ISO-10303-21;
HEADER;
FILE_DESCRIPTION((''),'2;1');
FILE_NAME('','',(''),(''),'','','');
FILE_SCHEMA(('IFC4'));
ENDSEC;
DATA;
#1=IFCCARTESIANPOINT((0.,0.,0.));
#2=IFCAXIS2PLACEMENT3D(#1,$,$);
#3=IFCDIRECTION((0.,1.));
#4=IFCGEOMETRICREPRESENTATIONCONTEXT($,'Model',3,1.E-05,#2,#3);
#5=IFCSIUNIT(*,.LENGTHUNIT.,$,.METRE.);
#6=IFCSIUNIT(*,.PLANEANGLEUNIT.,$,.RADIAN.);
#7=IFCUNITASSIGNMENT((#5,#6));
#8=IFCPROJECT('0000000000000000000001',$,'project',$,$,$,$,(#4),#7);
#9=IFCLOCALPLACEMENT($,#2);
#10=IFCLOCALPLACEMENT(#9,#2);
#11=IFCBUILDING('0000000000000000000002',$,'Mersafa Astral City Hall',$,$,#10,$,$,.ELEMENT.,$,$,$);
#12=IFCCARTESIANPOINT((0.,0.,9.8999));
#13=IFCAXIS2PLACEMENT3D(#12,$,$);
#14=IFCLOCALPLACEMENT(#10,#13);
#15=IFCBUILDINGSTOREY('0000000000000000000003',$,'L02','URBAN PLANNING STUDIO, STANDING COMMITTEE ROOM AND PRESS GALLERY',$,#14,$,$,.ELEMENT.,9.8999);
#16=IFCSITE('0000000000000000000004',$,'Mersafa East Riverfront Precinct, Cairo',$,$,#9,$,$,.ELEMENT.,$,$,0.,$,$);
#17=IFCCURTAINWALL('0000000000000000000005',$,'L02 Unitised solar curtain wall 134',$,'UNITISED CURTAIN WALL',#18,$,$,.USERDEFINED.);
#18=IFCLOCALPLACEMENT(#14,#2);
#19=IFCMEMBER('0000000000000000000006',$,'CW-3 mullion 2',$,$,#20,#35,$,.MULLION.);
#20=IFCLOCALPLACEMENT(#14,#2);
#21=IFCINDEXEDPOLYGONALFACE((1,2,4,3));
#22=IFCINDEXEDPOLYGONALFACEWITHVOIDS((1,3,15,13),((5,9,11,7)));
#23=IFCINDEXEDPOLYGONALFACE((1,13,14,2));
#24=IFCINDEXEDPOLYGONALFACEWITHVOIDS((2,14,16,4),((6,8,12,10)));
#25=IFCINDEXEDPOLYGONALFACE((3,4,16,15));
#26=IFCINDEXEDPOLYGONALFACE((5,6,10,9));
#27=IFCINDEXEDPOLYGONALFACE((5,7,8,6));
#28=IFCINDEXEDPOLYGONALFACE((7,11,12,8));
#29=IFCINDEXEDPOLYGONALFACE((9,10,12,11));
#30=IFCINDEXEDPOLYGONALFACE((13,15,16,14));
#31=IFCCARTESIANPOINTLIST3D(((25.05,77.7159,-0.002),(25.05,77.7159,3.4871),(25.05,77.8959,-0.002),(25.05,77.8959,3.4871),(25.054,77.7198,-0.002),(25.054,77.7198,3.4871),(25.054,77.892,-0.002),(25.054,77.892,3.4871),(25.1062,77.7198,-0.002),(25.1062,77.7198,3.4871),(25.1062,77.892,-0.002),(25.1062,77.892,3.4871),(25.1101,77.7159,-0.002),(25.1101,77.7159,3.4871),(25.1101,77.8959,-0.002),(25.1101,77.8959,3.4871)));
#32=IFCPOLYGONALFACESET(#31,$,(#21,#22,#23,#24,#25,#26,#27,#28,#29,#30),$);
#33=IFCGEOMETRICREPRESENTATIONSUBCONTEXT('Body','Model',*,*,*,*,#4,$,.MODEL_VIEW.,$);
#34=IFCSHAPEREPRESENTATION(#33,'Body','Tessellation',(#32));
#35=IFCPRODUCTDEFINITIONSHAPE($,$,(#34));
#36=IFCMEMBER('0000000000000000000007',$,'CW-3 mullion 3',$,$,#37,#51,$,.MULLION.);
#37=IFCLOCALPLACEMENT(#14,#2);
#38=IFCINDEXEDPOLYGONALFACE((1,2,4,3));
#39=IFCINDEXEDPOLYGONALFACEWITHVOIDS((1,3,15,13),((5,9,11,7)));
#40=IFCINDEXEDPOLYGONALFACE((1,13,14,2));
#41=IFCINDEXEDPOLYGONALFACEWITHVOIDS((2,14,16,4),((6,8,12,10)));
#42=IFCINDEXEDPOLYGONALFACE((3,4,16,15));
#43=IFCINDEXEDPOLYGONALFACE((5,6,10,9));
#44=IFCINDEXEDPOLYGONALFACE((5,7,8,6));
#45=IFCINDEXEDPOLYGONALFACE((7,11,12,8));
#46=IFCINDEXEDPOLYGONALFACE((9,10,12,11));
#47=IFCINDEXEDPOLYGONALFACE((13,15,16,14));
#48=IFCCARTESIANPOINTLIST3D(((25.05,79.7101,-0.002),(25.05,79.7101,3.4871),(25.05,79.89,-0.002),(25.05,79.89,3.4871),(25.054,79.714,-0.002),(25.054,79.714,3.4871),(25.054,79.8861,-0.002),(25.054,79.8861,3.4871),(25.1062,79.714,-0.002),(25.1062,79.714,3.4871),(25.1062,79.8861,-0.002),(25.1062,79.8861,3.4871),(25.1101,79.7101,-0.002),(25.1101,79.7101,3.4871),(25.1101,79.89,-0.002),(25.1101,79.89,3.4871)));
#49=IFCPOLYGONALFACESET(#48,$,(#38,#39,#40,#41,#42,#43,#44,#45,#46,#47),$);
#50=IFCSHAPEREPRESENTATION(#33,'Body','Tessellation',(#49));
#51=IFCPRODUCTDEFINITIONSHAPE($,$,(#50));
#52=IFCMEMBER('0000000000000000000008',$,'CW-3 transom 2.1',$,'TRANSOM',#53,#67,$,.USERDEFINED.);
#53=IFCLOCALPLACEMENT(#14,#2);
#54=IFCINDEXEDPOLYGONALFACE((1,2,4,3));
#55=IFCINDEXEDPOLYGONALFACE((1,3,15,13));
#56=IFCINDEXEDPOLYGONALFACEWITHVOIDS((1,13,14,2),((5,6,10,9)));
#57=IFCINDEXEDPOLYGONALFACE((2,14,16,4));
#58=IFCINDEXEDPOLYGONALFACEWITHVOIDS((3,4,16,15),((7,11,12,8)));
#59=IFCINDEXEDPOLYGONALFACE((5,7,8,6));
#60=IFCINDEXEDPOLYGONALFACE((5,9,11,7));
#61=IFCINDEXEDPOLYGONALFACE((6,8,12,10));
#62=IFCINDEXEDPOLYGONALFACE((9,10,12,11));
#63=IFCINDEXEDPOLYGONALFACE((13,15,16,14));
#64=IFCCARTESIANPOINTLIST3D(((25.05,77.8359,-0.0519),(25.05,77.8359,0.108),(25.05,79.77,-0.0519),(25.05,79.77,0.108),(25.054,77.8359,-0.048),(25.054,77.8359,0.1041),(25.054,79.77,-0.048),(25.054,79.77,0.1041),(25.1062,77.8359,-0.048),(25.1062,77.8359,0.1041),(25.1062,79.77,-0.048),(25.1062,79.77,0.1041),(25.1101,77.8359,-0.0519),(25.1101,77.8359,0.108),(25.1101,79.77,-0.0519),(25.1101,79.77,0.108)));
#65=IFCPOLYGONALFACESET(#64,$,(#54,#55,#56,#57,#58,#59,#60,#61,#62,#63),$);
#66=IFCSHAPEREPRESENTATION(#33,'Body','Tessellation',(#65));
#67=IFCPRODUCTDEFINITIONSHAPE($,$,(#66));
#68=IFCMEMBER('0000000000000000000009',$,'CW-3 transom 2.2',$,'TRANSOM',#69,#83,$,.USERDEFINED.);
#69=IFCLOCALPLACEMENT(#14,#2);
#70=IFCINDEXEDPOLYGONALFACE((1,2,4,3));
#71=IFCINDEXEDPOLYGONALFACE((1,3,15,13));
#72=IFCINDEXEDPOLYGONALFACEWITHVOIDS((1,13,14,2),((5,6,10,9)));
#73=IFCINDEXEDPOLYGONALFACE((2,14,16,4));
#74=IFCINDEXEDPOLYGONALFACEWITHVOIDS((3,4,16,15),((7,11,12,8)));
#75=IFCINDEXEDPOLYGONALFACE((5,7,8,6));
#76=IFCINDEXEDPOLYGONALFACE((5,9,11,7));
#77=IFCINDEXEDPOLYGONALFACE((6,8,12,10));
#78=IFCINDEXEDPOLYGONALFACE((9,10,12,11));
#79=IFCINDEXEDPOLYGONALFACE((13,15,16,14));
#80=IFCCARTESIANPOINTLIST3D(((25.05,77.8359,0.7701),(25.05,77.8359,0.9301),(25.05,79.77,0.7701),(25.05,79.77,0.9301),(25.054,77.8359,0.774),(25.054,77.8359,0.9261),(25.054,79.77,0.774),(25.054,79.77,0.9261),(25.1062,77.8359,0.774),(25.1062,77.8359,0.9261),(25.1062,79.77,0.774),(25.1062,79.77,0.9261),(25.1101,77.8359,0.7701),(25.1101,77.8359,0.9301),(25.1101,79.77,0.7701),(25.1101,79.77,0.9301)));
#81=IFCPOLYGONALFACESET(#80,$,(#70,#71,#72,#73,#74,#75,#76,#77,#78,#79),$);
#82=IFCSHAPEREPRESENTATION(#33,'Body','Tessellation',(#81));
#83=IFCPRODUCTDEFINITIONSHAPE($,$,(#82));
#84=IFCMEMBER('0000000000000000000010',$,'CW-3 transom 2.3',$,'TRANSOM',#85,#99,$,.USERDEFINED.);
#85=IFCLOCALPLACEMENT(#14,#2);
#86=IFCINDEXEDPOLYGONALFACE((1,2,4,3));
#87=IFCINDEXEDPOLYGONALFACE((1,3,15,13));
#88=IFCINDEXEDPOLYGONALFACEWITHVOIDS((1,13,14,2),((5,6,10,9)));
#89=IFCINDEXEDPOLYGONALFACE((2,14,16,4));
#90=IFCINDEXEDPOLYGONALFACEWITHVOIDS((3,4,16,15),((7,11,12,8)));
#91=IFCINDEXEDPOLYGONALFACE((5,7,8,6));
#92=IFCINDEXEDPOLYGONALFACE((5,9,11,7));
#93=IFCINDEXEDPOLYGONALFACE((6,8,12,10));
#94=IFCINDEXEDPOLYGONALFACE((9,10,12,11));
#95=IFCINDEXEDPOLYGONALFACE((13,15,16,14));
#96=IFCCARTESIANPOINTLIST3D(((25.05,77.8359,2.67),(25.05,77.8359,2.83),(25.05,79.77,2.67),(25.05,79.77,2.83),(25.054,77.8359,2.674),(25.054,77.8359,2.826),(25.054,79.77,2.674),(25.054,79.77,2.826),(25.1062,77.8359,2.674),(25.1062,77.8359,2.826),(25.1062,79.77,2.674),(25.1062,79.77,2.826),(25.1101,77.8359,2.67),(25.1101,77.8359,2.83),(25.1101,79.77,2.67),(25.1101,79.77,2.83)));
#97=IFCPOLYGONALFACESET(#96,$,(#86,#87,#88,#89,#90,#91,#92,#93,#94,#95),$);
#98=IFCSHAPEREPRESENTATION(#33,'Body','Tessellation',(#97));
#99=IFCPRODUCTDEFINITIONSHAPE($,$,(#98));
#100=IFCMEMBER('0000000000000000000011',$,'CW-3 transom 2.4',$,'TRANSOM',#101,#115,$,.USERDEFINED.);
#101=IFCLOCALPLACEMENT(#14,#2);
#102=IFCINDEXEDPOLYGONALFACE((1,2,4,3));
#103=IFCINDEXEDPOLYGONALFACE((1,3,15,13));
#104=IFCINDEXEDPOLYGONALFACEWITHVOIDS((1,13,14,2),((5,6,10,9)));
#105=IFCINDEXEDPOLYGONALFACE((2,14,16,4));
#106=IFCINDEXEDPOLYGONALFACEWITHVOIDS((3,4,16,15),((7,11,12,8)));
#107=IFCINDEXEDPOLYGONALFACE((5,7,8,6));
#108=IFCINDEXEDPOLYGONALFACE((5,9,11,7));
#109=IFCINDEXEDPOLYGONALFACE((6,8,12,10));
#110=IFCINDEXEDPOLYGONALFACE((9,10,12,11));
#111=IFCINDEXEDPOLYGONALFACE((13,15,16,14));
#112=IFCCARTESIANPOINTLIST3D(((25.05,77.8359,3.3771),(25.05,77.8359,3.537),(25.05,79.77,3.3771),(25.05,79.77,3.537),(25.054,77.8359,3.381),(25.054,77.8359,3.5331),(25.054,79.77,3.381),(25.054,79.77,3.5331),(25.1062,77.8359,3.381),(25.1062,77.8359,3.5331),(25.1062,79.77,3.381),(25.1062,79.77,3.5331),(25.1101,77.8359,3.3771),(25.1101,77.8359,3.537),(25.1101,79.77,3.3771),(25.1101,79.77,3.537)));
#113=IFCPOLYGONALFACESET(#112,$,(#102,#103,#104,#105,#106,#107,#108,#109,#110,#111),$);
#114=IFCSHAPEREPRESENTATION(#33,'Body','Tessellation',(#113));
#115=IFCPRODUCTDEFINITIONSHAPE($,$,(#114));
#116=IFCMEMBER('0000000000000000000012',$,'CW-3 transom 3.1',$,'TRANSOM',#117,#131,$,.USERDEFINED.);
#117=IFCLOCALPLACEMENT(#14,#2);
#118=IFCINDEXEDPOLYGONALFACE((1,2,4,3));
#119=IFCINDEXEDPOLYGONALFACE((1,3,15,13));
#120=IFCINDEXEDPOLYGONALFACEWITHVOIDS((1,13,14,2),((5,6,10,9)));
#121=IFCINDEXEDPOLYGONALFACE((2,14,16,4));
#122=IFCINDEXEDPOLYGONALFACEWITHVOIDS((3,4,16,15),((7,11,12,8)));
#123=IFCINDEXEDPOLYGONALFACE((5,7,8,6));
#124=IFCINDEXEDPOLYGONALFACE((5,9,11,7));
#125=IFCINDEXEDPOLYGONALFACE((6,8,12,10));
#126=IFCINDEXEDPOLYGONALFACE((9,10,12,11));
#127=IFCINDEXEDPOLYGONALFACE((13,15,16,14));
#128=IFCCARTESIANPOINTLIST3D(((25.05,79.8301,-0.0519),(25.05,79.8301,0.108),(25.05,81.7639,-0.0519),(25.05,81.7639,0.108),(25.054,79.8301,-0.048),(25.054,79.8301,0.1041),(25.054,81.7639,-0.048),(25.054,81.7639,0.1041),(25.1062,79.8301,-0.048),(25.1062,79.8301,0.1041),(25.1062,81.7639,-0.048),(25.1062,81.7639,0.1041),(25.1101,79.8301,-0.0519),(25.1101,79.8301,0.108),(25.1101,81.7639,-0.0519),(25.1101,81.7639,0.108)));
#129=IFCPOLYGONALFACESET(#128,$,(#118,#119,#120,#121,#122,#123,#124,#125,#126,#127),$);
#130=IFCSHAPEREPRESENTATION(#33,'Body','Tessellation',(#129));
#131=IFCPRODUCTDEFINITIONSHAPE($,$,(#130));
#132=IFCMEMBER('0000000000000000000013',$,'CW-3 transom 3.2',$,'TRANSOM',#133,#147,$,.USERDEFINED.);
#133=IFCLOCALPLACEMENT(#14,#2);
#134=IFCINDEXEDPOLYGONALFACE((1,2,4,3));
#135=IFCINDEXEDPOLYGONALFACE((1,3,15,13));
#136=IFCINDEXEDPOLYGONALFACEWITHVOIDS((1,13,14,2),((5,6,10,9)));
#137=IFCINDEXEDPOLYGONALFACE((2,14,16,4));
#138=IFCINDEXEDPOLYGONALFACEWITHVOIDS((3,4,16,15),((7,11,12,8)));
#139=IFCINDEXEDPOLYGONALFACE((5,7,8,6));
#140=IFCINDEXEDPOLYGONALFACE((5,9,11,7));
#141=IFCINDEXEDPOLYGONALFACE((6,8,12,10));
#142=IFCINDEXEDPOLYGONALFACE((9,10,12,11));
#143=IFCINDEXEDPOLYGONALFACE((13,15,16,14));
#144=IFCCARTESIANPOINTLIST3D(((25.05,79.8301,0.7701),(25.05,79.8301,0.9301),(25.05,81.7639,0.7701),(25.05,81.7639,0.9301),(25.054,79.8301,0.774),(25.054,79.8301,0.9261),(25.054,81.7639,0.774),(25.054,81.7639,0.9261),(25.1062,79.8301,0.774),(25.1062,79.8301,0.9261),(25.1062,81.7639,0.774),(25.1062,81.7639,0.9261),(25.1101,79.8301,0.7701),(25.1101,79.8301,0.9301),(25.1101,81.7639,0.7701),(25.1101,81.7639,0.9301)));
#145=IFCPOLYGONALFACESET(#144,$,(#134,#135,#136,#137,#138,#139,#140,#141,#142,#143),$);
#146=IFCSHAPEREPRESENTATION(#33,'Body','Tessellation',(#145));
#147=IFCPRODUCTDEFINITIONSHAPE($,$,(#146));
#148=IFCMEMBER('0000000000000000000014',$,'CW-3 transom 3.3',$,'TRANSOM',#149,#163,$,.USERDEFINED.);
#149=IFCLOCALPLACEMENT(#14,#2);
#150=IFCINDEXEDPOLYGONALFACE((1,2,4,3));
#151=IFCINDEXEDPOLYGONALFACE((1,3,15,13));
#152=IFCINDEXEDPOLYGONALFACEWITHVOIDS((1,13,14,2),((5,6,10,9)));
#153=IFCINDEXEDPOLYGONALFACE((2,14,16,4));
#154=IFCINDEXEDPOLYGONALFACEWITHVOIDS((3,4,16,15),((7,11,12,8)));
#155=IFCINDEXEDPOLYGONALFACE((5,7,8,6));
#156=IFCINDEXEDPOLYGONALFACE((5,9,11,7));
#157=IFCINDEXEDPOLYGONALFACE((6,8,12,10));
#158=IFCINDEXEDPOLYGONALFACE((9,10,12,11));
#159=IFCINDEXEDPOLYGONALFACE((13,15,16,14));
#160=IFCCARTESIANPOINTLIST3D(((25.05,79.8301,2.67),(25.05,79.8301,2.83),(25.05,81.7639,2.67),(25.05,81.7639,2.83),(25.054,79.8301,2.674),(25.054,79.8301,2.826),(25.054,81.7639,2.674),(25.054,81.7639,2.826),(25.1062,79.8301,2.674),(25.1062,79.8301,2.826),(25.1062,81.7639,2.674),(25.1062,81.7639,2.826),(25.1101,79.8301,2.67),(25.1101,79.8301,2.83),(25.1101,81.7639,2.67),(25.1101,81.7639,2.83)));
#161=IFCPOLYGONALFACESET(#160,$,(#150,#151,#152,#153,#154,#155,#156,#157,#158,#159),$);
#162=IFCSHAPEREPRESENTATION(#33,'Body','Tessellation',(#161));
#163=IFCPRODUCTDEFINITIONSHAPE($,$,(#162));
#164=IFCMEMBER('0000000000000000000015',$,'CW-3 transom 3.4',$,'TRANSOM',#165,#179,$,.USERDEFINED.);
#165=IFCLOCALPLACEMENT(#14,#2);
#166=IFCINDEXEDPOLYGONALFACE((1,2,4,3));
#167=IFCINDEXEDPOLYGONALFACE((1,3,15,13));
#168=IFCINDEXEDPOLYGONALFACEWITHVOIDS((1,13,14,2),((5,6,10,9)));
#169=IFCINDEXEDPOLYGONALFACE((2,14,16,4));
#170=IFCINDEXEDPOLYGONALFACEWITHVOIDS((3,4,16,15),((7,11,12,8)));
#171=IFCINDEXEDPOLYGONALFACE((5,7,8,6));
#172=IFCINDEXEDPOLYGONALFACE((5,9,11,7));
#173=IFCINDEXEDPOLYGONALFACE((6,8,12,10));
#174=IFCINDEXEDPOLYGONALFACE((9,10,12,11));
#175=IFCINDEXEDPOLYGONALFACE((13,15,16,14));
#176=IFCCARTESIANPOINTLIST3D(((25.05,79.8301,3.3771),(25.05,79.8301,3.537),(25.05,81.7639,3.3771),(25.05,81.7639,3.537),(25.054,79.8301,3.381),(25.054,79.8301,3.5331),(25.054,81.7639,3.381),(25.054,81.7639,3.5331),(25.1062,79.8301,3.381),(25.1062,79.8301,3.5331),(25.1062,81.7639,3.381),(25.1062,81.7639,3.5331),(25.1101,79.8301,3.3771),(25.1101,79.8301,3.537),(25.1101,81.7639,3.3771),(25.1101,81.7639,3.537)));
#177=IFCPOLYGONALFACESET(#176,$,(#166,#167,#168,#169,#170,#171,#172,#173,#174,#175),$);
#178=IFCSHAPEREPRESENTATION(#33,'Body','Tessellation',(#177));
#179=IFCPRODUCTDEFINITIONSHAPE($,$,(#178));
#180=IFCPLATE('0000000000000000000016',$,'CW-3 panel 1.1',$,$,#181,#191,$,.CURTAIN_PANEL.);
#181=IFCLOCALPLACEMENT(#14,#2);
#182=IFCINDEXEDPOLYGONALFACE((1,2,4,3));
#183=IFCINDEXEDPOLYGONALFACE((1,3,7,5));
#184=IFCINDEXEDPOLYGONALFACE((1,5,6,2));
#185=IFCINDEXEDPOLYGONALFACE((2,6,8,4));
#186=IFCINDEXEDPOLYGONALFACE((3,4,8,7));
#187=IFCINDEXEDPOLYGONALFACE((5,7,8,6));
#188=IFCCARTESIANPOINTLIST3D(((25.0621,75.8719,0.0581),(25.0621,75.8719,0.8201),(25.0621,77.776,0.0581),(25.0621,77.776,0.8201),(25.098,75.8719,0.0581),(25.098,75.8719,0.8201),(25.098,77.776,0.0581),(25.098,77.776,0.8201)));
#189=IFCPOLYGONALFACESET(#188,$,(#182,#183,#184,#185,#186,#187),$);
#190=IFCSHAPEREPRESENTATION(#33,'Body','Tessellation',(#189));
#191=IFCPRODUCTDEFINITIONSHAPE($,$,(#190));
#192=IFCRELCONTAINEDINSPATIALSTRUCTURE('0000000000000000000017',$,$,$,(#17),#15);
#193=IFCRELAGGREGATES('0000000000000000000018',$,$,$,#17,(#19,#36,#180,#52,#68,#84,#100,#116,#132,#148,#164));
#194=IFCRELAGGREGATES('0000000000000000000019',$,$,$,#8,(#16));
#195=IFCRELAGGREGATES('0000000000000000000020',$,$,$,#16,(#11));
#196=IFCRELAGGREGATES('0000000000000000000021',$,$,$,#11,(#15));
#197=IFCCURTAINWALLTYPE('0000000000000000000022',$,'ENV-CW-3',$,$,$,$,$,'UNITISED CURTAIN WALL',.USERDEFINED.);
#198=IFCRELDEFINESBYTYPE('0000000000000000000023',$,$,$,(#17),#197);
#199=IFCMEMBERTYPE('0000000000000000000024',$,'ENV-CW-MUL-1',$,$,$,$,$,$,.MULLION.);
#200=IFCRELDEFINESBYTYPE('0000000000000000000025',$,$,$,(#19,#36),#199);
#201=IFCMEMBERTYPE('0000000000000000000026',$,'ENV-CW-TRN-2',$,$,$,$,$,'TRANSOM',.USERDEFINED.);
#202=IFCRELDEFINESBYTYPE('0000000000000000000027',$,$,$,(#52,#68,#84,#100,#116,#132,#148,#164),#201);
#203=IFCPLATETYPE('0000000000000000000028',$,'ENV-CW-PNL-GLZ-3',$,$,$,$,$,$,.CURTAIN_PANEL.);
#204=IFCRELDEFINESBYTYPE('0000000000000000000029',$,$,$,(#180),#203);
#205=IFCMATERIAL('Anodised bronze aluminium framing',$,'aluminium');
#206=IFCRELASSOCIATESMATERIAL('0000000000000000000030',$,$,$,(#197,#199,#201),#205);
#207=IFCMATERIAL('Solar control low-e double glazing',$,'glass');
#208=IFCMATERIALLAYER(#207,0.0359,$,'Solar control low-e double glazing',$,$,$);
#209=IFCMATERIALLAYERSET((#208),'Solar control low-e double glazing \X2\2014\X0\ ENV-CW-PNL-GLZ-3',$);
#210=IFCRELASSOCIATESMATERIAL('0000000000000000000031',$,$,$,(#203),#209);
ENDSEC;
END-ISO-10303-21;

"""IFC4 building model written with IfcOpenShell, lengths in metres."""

from ifc_helpers import new_model, si_unit, direction, frame, origin, origin_2d, place, context, subcontext, project, spatial, rectangle, hollow_rectangle, extrude, material, layer, layer_set, material_profile, profile_set, type_object, element, aggregate, save


model = new_model("IFC4")

# Units and contexts
model_context = context("Model", 3, precision=1e-05, world=origin(), true_north=direction((0.0, 1.0)))
body_context = subcontext(model_context, "Body", "Model", "MODEL_VIEW")
ifc_project = project(units=[si_unit("LENGTHUNIT", "METRE"), si_unit("PLANEANGLEUNIT", "RADIAN")], contexts=[model_context])

# Site, building, storey
site_placement = place(None, origin())
site = spatial("IfcSite", under=ifc_project, at=site_placement, Name="Mersafa East Riverfront Precinct, Cairo", CompositionType="ELEMENT", RefElevation=0.0)
building_placement = place(site_placement, origin())
building = spatial("IfcBuilding", under=site, at=building_placement, Name="Mersafa Astral City Hall", CompositionType="ELEMENT")
storey_placement = place(building_placement, frame((0.0, 0.0, 9.8999)))
storey = spatial("IfcBuildingStorey", under=building, at=storey_placement, Name="L02", Description="URBAN PLANNING STUDIO, STANDING COMMITTEE ROOM AND PRESS GALLERY", CompositionType="ELEMENT", Elevation=9.8999)

# Curtain wall, members, plate
ifc_material_1 = material(Name="Anodised bronze aluminium framing", Category="aluminium")
curtain_wall_type = type_object("IfcCurtainWallType", Name="ENV-CW-3", ElementType="UNITISED CURTAIN WALL", PredefinedType="USERDEFINED", material=ifc_material_1)
curtain_wall_placement = place(storey_placement, origin())
curtain_wall = element("IfcCurtainWall", 1, at=curtain_wall_placement, inside=storey, type_object=curtain_wall_type, Name="L02 Unitised solar curtain wall 134", ObjectType="UNITISED CURTAIN WALL", PredefinedType="USERDEFINED")
ifc_material_profile_1 = material_profile(ifc_material_1, hollow_rectangle(XDim=0.0601, YDim=0.1799, WallThickness=0.0039, at=origin_2d()), Name="RHS 60x180x4")
ifc_profile_set_1 = profile_set([ifc_material_profile_1], Name="Anodised bronze aluminium framing")
member_type_1 = type_object("IfcMemberType", Name="ENV-CW-MUL-1", PredefinedType="MULLION", material=ifc_profile_set_1)
member_1_placement = place(storey_placement, frame((25.0801, 77.8059, -0.002), z_axis=(0.0, 0.0, 1.0), x_axis=(-1.0, 0.0, 0.0)))
member_1 = element("IfcMember", 2, at=member_1_placement, type_object=member_type_1, Name="CW-3 mullion 2", PredefinedType="MULLION", context=body_context, shape_type="SweptSolid", body=[
    extrude(hollow_rectangle(XDim=0.0601, YDim=0.1799, WallThickness=0.0039, at=origin_2d()), origin(), (0.0, 0.0, 1.0), 3.489),
])
member_2_placement = place(storey_placement, frame((25.0801, 79.8, -0.002), z_axis=(0.0, 0.0, 1.0), x_axis=(-1.0, 0.0, 0.0)))
member_2 = element("IfcMember", 3, at=member_2_placement, type_object=member_type_1, Name="CW-3 mullion 3", PredefinedType="MULLION", context=body_context, shape_type="SweptSolid", body=[
    extrude(hollow_rectangle(XDim=0.0601, YDim=0.1799, WallThickness=0.0039, at=origin_2d()), origin(), (0.0, 0.0, 1.0), 3.489),
])
ifc_material_profile_2 = material_profile(ifc_material_1, hollow_rectangle(XDim=0.0601, YDim=0.1599, WallThickness=0.0039, at=origin_2d()), Name="RHS 60x160x4")
ifc_profile_set_2 = profile_set([ifc_material_profile_2], Name="Anodised bronze aluminium framing")
member_type_2 = type_object("IfcMemberType", Name="ENV-CW-TRN-2", ElementType="TRANSOM", PredefinedType="USERDEFINED", material=ifc_profile_set_2)
member_3_placement = place(storey_placement, frame((25.0801, 77.8359, 0.0281), z_axis=(0.0, 1.0, 0.0), x_axis=(-1.0, 0.0, 0.0)))
member_3 = element("IfcMember", 4, at=member_3_placement, type_object=member_type_2, Name="CW-3 transom 2.1", ObjectType="TRANSOM", PredefinedType="USERDEFINED", context=body_context, shape_type="SweptSolid", body=[
    extrude(hollow_rectangle(XDim=0.0601, YDim=0.1599, WallThickness=0.0039, at=origin_2d()), origin(), (0.0, 0.0, 1.0), 1.9341),
])
member_4_placement = place(storey_placement, frame((25.0801, 77.8359, 0.8501), z_axis=(0.0, 1.0, 0.0), x_axis=(-1.0, 0.0, 0.0)))
member_4 = element("IfcMember", 5, at=member_4_placement, type_object=member_type_2, Name="CW-3 transom 2.2", ObjectType="TRANSOM", PredefinedType="USERDEFINED", context=body_context, shape_type="SweptSolid", body=[
    extrude(hollow_rectangle(XDim=0.0601, YDim=0.1599, WallThickness=0.0039, at=origin_2d()), origin(), (0.0, 0.0, 1.0), 1.9341),
])
member_5_placement = place(storey_placement, frame((25.0801, 77.8359, 2.75), z_axis=(0.0, 1.0, 0.0), x_axis=(-1.0, 0.0, 0.0)))
member_5 = element("IfcMember", 6, at=member_5_placement, type_object=member_type_2, Name="CW-3 transom 2.3", ObjectType="TRANSOM", PredefinedType="USERDEFINED", context=body_context, shape_type="SweptSolid", body=[
    extrude(hollow_rectangle(XDim=0.0601, YDim=0.1599, WallThickness=0.0039, at=origin_2d()), origin(), (0.0, 0.0, 1.0), 1.9341),
])
member_6_placement = place(storey_placement, frame((25.0801, 77.8359, 3.457), z_axis=(0.0, 1.0, 0.0), x_axis=(-1.0, 0.0, 0.0)))
member_6 = element("IfcMember", 7, at=member_6_placement, type_object=member_type_2, Name="CW-3 transom 2.4", ObjectType="TRANSOM", PredefinedType="USERDEFINED", context=body_context, shape_type="SweptSolid", body=[
    extrude(hollow_rectangle(XDim=0.0601, YDim=0.1599, WallThickness=0.0039, at=origin_2d()), origin(), (0.0, 0.0, 1.0), 1.9341),
])
member_7_placement = place(storey_placement, frame((25.0801, 79.8301, 0.0281), z_axis=(0.0, 1.0, 0.0), x_axis=(-1.0, 0.0, 0.0)))
member_7 = element("IfcMember", 8, at=member_7_placement, type_object=member_type_2, Name="CW-3 transom 3.1", ObjectType="TRANSOM", PredefinedType="USERDEFINED", context=body_context, shape_type="SweptSolid", body=[
    extrude(hollow_rectangle(XDim=0.0601, YDim=0.1599, WallThickness=0.0039, at=origin_2d()), origin(), (0.0, 0.0, 1.0), 1.9338),
])
member_8_placement = place(storey_placement, frame((25.0801, 79.8301, 0.8501), z_axis=(0.0, 1.0, 0.0), x_axis=(-1.0, 0.0, 0.0)))
member_8 = element("IfcMember", 9, at=member_8_placement, type_object=member_type_2, Name="CW-3 transom 3.2", ObjectType="TRANSOM", PredefinedType="USERDEFINED", context=body_context, shape_type="SweptSolid", body=[
    extrude(hollow_rectangle(XDim=0.0601, YDim=0.1599, WallThickness=0.0039, at=origin_2d()), origin(), (0.0, 0.0, 1.0), 1.9338),
])
member_9_placement = place(storey_placement, frame((25.0801, 79.8301, 2.75), z_axis=(0.0, 1.0, 0.0), x_axis=(-1.0, 0.0, 0.0)))
member_9 = element("IfcMember", 10, at=member_9_placement, type_object=member_type_2, Name="CW-3 transom 3.3", ObjectType="TRANSOM", PredefinedType="USERDEFINED", context=body_context, shape_type="SweptSolid", body=[
    extrude(hollow_rectangle(XDim=0.0601, YDim=0.1599, WallThickness=0.0039, at=origin_2d()), origin(), (0.0, 0.0, 1.0), 1.9338),
])
member_10_placement = place(storey_placement, frame((25.0801, 79.8301, 3.457), z_axis=(0.0, 1.0, 0.0), x_axis=(-1.0, 0.0, 0.0)))
member_10 = element("IfcMember", 11, at=member_10_placement, type_object=member_type_2, Name="CW-3 transom 3.4", ObjectType="TRANSOM", PredefinedType="USERDEFINED", context=body_context, shape_type="SweptSolid", body=[
    extrude(hollow_rectangle(XDim=0.0601, YDim=0.1599, WallThickness=0.0039, at=origin_2d()), origin(), (0.0, 0.0, 1.0), 1.9338),
])
ifc_material_2 = material(Name="Solar control low-e double glazing", Category="glass")
ifc_layer_1 = layer(ifc_material_2, 0.0359, Name="Solar control low-e double glazing")
ifc_layer_set_1 = layer_set([ifc_layer_1], Name="Solar control low-e double glazing — ENV-CW-PNL-GLZ-3")
plate_type = type_object("IfcPlateType", Name="ENV-CW-PNL-GLZ-3", PredefinedType="CURTAIN_PANEL", material=ifc_layer_set_1)
plate_1_placement = place(storey_placement, frame((25.0801, 76.824, 0.0581), z_axis=(0.0, 0.0, 1.0), x_axis=(0.0, 1.0, 0.0)))
plate_1 = element("IfcPlate", 12, at=plate_1_placement, type_object=plate_type, Name="CW-3 panel 1.1", PredefinedType="CURTAIN_PANEL", context=body_context, shape_type="SweptSolid", body=[
    extrude(rectangle(XDim=1.9041, YDim=0.0359, at=origin_2d()), origin(), (0.0, 0.0, 1.0), 0.762),
])
aggregate(curtain_wall, [member_1, member_2, plate_1, member_3, member_4, member_5, member_6, member_7, member_8, member_9, member_10])

save(model, "model.ifc")
